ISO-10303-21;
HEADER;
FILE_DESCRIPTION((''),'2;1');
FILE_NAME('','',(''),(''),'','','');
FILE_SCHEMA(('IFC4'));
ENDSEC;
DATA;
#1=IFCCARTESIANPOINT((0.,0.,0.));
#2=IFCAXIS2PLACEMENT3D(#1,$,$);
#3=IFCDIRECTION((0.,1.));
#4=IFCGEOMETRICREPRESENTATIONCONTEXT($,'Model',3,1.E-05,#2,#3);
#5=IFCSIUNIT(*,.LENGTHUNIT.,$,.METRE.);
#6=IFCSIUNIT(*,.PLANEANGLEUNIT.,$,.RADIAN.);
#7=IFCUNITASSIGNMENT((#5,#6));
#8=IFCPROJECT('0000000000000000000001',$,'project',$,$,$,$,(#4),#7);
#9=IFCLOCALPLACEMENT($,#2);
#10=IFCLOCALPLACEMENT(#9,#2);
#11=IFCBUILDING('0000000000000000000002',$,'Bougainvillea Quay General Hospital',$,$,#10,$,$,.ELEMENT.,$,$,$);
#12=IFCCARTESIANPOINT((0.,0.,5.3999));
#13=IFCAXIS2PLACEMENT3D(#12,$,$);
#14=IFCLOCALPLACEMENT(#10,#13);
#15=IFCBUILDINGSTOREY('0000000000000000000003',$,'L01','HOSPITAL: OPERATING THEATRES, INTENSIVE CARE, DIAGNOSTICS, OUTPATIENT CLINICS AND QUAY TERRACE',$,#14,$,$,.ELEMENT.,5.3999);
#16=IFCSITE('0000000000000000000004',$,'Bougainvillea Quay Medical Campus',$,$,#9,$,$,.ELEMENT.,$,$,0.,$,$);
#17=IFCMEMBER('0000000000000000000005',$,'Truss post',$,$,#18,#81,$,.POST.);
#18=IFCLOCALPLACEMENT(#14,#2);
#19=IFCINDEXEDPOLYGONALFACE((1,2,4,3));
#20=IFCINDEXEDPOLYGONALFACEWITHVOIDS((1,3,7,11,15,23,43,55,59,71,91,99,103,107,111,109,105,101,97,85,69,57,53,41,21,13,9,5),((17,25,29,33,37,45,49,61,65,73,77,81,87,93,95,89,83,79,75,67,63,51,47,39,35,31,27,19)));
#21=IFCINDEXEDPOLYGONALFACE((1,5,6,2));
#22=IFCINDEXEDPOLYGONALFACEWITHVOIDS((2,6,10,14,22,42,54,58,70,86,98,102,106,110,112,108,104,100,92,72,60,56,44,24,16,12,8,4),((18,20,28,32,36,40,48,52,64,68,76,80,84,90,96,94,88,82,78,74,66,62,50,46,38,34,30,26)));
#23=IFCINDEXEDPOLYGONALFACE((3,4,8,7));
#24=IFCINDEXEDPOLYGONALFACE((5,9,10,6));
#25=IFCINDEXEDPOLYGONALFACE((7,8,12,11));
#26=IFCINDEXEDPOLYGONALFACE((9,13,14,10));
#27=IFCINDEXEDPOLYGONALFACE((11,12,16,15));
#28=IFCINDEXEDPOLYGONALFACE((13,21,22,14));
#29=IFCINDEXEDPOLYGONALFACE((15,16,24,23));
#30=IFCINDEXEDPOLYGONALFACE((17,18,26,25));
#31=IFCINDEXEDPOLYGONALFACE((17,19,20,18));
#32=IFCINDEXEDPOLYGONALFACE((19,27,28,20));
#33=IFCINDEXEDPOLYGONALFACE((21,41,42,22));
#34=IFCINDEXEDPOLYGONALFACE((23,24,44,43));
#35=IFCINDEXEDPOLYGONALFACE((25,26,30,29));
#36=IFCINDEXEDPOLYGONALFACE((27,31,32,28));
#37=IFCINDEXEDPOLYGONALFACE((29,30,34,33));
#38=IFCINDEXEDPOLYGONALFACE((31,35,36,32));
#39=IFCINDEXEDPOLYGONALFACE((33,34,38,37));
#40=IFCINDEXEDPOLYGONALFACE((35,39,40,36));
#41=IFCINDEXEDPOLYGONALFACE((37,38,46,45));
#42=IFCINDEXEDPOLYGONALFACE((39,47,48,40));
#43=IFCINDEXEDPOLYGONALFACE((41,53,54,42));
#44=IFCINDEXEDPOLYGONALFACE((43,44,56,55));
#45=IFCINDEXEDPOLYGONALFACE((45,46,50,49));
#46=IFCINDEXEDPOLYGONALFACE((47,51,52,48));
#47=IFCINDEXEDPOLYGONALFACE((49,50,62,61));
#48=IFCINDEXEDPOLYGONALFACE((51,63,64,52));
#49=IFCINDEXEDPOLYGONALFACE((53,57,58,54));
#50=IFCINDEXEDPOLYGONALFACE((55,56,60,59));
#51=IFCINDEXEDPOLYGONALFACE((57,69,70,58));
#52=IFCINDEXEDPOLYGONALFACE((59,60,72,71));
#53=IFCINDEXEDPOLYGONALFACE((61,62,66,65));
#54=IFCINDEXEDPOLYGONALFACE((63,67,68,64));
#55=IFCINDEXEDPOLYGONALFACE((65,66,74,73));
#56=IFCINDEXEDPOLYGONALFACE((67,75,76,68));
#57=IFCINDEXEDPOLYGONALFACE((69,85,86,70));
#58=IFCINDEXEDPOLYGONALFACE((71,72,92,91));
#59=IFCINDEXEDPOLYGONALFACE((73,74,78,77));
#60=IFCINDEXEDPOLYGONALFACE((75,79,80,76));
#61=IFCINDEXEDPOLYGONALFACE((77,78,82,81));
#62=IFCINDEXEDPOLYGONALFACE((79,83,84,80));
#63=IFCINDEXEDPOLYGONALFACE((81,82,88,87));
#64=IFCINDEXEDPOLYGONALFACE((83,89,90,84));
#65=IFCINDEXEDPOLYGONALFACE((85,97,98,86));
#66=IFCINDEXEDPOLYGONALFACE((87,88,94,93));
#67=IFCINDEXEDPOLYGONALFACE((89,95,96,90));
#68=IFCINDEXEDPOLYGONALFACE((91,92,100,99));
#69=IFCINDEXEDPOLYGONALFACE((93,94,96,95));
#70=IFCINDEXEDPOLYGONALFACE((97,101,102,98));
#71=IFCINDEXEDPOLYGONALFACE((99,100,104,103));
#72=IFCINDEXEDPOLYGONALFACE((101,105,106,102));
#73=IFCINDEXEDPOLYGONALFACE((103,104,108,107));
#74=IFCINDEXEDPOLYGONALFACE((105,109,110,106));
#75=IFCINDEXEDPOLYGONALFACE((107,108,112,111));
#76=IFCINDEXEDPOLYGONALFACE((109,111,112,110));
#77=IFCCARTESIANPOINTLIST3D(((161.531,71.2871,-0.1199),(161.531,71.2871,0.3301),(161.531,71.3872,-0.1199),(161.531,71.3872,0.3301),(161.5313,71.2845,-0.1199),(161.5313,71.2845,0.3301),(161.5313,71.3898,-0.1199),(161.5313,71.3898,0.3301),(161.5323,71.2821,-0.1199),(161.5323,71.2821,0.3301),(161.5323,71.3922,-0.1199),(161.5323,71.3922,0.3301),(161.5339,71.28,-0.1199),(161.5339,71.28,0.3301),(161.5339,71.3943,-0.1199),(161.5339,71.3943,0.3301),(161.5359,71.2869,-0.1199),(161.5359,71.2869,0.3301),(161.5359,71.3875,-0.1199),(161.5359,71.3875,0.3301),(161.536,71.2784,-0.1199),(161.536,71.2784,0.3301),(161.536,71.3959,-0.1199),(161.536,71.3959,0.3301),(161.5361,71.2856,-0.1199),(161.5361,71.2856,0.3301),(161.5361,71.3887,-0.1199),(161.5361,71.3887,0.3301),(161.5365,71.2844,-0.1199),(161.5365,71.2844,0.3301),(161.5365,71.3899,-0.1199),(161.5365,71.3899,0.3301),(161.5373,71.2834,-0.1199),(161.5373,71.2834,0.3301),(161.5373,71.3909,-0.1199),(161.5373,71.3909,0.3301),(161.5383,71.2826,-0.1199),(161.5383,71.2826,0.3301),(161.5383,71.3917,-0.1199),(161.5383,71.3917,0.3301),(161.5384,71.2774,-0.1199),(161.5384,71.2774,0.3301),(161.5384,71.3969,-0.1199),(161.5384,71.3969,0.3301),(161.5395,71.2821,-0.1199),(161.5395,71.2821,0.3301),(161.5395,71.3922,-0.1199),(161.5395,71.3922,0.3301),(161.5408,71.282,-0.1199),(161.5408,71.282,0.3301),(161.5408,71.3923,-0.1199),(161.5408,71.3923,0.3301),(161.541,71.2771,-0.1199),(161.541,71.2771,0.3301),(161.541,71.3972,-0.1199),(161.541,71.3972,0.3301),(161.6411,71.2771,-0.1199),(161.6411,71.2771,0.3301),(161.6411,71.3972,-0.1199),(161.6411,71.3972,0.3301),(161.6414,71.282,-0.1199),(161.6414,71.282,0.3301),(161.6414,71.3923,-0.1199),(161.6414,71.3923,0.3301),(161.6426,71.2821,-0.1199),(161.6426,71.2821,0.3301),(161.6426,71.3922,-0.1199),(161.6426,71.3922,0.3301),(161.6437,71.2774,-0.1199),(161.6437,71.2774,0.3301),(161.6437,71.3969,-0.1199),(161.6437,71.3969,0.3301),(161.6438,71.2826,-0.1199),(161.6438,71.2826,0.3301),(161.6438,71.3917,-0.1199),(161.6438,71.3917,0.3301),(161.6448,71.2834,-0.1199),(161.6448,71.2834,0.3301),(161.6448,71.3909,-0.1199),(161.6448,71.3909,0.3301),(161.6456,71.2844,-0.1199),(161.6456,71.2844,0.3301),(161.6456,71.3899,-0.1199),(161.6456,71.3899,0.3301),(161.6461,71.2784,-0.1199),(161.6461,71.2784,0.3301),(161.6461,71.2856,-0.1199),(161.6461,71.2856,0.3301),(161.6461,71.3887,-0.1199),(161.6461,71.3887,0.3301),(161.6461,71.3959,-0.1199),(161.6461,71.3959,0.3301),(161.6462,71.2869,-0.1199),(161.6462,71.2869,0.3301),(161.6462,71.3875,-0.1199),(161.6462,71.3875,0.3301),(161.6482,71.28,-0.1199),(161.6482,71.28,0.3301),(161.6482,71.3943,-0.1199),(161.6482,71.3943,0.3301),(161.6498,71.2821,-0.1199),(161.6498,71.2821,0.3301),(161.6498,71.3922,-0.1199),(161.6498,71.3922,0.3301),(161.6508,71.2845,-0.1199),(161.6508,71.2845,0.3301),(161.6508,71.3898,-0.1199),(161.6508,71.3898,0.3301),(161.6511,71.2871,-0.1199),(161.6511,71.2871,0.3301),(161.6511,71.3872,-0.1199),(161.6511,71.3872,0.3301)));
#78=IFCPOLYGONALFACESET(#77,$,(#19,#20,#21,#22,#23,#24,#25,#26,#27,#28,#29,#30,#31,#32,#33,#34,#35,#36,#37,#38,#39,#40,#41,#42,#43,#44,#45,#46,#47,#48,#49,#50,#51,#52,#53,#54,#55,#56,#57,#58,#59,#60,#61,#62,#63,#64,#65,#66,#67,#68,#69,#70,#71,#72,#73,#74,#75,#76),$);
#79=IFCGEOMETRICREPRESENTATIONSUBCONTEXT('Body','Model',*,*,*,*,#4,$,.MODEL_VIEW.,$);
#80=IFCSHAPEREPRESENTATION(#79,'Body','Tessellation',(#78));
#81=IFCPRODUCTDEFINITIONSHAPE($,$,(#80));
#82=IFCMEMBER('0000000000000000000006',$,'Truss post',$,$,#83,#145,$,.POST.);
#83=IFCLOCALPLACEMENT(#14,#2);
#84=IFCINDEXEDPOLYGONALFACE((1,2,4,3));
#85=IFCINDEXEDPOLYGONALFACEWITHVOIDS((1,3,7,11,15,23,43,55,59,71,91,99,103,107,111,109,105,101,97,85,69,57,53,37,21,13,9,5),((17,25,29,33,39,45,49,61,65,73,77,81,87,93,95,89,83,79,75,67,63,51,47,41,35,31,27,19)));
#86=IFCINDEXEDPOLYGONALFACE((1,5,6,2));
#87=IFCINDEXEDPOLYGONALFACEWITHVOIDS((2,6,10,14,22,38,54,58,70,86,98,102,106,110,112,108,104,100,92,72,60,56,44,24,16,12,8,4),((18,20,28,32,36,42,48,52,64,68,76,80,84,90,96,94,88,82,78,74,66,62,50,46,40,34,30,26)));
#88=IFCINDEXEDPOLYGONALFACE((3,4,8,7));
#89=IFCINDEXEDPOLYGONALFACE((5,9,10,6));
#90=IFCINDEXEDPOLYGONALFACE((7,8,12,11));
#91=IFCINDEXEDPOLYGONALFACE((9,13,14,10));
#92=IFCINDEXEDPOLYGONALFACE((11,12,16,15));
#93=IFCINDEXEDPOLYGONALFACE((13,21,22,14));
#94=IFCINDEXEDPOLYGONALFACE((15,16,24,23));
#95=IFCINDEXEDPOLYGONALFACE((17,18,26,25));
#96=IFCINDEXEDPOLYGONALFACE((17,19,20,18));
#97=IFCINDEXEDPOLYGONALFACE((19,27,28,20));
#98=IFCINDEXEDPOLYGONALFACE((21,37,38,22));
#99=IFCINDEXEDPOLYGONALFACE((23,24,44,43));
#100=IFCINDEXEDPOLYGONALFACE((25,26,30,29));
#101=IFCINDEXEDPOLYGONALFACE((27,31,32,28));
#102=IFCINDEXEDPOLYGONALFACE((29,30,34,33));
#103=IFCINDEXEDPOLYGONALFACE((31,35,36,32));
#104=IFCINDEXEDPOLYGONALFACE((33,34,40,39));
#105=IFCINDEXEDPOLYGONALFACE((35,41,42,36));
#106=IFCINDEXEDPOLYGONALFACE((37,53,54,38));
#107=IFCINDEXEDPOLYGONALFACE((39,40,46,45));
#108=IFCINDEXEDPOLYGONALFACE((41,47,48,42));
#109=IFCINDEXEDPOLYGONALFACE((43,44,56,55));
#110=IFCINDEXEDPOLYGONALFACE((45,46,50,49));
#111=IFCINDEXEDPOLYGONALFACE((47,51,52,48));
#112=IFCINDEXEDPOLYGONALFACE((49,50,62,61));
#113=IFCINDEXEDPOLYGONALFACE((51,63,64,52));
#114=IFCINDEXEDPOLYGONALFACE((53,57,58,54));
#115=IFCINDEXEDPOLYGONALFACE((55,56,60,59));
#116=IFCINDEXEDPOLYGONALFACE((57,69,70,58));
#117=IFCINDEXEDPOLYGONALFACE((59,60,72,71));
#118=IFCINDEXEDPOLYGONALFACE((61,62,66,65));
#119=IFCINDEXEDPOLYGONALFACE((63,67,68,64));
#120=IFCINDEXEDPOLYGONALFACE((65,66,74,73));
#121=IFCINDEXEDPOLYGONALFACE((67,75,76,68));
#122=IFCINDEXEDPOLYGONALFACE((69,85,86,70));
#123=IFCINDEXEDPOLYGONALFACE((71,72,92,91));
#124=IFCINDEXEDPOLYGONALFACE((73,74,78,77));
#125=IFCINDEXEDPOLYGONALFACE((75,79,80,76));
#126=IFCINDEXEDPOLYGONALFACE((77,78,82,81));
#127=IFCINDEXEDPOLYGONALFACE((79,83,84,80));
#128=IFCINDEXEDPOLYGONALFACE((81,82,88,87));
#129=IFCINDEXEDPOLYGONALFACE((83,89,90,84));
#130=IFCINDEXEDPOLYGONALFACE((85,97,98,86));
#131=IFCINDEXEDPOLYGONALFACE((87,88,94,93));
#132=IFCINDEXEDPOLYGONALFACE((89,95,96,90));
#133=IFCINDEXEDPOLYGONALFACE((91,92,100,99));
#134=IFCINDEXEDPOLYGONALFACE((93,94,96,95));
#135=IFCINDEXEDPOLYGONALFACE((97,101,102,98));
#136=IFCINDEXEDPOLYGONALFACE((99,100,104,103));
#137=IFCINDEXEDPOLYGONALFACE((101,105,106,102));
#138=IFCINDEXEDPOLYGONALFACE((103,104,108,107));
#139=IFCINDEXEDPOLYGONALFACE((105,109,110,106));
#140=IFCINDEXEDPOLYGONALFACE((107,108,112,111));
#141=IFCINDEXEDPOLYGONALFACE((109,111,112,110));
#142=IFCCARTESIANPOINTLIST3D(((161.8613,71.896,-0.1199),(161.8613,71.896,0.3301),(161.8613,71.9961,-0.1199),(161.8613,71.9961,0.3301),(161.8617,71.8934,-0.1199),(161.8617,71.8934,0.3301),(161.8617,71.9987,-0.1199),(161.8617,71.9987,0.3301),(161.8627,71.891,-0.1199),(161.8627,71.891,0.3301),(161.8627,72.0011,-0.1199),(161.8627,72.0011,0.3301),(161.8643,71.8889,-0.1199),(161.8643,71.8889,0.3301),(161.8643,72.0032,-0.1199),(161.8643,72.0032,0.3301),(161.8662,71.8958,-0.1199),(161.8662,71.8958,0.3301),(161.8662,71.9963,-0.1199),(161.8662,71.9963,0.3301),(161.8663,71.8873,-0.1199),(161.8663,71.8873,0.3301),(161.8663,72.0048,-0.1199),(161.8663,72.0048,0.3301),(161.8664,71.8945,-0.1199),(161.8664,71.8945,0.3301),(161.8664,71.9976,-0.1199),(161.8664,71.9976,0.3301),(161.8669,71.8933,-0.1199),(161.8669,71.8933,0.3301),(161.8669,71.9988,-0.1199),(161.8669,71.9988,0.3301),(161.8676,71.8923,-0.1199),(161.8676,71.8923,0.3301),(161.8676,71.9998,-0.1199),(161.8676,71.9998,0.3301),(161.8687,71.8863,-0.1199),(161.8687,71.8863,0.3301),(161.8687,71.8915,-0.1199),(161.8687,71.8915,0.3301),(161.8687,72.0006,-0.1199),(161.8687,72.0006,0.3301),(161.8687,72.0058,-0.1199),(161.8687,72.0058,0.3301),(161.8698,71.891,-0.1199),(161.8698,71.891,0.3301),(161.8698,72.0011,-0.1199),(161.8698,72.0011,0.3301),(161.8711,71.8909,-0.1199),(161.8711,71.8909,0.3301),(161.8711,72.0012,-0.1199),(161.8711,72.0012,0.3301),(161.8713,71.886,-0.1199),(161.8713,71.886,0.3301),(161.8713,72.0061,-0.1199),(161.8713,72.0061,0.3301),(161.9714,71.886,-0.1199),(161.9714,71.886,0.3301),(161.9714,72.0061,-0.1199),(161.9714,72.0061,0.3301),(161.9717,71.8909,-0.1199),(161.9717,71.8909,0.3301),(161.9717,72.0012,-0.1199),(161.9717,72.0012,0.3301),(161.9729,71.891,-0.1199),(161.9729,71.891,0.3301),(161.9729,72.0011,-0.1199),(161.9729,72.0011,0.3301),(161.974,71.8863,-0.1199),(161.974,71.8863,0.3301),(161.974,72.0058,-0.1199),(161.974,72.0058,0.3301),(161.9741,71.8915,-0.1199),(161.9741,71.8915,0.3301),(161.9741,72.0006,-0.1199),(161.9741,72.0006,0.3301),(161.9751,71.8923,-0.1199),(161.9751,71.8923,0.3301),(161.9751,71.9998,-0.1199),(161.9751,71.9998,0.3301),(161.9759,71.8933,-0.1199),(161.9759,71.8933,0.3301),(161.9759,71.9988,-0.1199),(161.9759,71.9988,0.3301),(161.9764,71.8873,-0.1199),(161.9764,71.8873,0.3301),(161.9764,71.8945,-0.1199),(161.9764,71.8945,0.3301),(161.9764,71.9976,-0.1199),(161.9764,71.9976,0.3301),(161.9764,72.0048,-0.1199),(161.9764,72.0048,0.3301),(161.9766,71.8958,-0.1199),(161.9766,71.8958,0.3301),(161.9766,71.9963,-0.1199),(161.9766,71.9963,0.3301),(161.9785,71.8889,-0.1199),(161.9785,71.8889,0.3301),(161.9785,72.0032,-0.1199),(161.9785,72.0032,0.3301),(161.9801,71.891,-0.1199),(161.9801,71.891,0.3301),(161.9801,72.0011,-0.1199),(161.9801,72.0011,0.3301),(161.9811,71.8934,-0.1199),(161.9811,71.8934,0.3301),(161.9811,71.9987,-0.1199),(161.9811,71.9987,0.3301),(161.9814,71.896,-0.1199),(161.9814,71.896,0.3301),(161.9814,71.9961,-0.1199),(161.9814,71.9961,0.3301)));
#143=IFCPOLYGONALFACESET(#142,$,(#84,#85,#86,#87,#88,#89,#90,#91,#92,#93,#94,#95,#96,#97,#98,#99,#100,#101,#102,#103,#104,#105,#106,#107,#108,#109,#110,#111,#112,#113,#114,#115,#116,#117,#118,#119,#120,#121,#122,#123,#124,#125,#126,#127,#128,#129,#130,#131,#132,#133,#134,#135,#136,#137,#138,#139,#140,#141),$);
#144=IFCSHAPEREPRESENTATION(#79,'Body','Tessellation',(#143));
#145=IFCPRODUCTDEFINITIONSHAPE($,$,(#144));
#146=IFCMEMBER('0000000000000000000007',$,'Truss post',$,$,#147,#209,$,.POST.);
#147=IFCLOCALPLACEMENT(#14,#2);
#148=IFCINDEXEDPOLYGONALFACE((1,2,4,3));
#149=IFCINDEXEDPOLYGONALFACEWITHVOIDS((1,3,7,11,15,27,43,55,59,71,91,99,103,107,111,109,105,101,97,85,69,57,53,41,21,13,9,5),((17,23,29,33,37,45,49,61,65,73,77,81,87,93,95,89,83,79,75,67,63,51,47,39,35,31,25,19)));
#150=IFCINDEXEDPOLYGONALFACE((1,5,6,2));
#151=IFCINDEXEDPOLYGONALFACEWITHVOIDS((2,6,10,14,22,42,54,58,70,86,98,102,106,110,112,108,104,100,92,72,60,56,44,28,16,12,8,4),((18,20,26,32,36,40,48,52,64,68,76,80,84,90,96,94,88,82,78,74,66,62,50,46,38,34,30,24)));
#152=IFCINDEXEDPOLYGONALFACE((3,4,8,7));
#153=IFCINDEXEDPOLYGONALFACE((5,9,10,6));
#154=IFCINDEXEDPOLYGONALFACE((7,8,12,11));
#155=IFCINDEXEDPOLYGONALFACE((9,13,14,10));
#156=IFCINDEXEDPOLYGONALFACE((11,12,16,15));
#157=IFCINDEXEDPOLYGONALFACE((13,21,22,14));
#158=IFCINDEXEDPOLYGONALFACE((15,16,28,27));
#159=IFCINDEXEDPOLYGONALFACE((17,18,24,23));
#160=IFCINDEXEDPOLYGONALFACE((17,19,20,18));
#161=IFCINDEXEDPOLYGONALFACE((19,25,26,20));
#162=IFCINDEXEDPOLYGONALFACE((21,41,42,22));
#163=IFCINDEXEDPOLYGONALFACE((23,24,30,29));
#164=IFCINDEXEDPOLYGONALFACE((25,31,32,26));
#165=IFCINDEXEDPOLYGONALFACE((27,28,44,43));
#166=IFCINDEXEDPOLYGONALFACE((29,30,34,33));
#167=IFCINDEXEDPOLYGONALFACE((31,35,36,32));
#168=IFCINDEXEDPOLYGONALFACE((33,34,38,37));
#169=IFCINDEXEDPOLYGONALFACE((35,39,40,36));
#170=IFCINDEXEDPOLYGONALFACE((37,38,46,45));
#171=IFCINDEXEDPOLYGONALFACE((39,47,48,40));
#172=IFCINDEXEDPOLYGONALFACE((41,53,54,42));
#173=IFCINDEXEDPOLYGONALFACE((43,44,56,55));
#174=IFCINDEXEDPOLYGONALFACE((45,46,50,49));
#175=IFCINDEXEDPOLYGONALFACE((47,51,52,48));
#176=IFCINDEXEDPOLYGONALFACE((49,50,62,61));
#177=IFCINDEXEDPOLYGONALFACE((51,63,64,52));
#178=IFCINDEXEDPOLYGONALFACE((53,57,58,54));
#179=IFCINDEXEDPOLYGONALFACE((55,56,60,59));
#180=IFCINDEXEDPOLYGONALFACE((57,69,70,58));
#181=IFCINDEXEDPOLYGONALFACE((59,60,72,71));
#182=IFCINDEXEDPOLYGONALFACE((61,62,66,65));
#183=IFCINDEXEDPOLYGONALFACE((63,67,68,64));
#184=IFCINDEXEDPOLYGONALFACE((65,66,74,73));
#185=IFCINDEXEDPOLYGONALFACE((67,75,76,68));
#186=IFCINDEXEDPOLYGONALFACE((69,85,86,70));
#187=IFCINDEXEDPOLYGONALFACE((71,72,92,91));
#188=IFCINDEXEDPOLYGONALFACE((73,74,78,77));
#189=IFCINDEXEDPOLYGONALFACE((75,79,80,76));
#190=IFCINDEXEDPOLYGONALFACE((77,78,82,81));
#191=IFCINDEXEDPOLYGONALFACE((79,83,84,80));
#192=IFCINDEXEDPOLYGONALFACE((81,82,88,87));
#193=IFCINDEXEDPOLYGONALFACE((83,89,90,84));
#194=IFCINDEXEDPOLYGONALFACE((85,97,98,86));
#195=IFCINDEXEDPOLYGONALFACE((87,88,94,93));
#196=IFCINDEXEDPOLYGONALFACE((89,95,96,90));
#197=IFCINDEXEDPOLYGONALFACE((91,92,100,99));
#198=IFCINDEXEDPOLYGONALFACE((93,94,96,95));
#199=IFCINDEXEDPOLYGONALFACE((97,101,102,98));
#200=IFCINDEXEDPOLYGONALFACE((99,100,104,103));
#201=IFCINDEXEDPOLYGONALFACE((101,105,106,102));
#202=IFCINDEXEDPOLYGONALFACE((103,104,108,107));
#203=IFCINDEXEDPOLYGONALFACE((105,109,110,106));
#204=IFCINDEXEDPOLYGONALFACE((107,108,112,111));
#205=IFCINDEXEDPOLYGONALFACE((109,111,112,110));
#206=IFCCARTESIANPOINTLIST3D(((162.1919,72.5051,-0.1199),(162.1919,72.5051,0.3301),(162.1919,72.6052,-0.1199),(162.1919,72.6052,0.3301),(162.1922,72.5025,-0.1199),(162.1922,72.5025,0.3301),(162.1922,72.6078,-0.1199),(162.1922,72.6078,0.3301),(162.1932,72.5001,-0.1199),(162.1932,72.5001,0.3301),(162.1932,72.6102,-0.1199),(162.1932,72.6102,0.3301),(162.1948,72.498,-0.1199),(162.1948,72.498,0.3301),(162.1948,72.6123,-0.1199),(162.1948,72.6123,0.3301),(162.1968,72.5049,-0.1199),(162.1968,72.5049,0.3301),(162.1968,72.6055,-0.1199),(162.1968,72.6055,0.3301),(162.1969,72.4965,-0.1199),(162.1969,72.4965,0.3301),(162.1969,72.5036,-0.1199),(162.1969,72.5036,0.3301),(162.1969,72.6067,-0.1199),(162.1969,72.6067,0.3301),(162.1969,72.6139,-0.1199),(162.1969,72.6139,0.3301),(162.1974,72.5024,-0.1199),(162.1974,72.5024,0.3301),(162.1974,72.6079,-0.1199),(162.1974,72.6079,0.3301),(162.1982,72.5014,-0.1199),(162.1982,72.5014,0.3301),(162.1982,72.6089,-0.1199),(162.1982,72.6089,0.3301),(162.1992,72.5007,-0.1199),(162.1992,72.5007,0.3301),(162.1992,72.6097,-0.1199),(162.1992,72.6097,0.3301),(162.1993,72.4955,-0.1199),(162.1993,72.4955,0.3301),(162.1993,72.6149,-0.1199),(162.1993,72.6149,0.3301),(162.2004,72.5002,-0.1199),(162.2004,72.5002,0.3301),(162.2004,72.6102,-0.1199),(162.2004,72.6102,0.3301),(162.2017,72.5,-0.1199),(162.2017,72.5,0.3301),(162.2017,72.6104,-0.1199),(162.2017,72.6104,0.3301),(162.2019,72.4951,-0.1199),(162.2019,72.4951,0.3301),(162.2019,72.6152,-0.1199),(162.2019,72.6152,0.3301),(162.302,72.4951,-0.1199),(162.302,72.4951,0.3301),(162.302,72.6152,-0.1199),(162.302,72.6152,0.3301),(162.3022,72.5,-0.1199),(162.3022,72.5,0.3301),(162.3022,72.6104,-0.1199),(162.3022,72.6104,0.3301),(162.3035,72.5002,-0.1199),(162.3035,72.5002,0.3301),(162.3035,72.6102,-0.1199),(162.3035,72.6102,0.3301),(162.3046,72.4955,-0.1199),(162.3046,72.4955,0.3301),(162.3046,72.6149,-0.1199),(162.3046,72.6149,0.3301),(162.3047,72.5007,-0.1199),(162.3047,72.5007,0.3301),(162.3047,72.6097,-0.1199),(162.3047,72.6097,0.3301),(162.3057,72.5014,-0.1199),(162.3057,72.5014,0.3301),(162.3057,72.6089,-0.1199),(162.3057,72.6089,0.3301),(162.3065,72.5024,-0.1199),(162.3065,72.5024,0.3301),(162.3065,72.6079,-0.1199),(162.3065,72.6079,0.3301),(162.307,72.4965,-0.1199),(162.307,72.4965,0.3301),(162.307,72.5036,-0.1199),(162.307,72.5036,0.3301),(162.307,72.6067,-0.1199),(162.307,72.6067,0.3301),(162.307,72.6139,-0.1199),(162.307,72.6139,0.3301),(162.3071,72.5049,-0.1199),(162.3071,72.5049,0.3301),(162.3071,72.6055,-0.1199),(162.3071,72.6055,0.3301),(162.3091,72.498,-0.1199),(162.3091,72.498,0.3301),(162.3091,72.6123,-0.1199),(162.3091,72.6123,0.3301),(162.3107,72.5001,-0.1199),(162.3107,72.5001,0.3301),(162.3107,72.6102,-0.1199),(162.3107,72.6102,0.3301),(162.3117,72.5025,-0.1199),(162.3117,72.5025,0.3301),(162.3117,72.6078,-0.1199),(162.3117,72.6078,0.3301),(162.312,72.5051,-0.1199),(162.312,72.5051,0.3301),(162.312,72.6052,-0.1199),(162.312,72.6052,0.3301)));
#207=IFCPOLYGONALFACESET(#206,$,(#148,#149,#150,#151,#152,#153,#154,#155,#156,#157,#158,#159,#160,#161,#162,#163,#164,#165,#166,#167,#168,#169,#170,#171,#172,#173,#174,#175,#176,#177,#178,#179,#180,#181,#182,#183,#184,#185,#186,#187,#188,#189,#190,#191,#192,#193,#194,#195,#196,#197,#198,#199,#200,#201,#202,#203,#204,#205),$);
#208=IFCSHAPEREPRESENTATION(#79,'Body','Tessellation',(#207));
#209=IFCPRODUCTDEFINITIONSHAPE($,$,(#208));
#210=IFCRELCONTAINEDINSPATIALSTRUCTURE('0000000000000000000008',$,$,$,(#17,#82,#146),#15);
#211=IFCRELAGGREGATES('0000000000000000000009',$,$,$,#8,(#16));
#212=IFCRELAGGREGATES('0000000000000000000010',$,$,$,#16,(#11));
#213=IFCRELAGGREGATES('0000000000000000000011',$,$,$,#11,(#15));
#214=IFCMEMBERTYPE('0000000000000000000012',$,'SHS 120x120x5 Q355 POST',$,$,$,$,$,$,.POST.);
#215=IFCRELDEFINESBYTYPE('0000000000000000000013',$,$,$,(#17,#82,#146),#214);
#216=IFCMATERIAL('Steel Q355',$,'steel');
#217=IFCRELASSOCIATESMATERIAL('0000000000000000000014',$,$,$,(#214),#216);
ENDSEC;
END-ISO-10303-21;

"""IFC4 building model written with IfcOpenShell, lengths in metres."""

from ifc_helpers import new_model, si_unit, direction, frame, origin, origin_2d, place, context, subcontext, project, spatial, hollow_rectangle, extrude, material, material_profile, profile_set, type_object, element, save


model = new_model("IFC4")

# Units and contexts
model_context = context("Model", 3, precision=1e-05, world=origin(), true_north=direction((0.0, 1.0)))
body_context = subcontext(model_context, "Body", "Model", "MODEL_VIEW")
ifc_project = project(units=[si_unit("LENGTHUNIT", "METRE"), si_unit("PLANEANGLEUNIT", "RADIAN")], contexts=[model_context])

# Site, building, storey
site_placement = place(None, origin())
site = spatial("IfcSite", under=ifc_project, at=site_placement, Name="Bougainvillea Quay Medical Campus", CompositionType="ELEMENT", RefElevation=0.0)
building_placement = place(site_placement, origin())
building = spatial("IfcBuilding", under=site, at=building_placement, Name="Bougainvillea Quay General Hospital", CompositionType="ELEMENT")
storey_placement = place(building_placement, frame((0.0, 0.0, 5.3999)))
storey = spatial("IfcBuildingStorey", under=building, at=storey_placement, Name="L01", Description="HOSPITAL: OPERATING THEATRES, INTENSIVE CARE, DIAGNOSTICS, OUTPATIENT CLINICS AND QUAY TERRACE", CompositionType="ELEMENT", Elevation=5.3999)

# Members
ifc_material_1 = material(Name="Steel Q355", Category="steel")
ifc_material_profile_1 = material_profile(ifc_material_1, hollow_rectangle(XDim=0.1201, YDim=0.1201, WallThickness=0.0049, InnerFilletRadius=0.0049, OuterFilletRadius=0.01, at=origin_2d()))
ifc_profile_set_1 = profile_set([ifc_material_profile_1], Name="Steel Q355")
member_type_1 = type_object("IfcMemberType", Name="SHS 120x120x5 Q355 POST", PredefinedType="POST", material=ifc_profile_set_1)
for number, where, z_axis, x_axis, name in (
    (1, (161.5911, 71.3372, -0.1199), (0.0, 0.0, 1.0), (1.0, 0.0, 0.0), "Truss post"),
    (2, (161.9214, 71.946, -0.1199), (0.0, 0.0, 1.0), (1.0, 0.0, 0.0), "Truss post"),
    (3, (162.252, 72.5552, -0.1199), (0.0, 0.0, 1.0), (1.0, 0.0, 0.0), "Truss post"),
):
    element("IfcMember", number, at=place(storey_placement, frame(where, z_axis=z_axis, x_axis=x_axis)), inside=storey, type_object=member_type_1, Name=name, PredefinedType="POST", context=body_context, shape_type="SweptSolid", body=[
        extrude(hollow_rectangle(XDim=0.1201, YDim=0.1201, WallThickness=0.0049, InnerFilletRadius=0.0049, OuterFilletRadius=0.01, at=origin_2d()), origin(), (0.0, 0.0, 1.0), 0.45),
    ])

save(model, "model.ifc")
